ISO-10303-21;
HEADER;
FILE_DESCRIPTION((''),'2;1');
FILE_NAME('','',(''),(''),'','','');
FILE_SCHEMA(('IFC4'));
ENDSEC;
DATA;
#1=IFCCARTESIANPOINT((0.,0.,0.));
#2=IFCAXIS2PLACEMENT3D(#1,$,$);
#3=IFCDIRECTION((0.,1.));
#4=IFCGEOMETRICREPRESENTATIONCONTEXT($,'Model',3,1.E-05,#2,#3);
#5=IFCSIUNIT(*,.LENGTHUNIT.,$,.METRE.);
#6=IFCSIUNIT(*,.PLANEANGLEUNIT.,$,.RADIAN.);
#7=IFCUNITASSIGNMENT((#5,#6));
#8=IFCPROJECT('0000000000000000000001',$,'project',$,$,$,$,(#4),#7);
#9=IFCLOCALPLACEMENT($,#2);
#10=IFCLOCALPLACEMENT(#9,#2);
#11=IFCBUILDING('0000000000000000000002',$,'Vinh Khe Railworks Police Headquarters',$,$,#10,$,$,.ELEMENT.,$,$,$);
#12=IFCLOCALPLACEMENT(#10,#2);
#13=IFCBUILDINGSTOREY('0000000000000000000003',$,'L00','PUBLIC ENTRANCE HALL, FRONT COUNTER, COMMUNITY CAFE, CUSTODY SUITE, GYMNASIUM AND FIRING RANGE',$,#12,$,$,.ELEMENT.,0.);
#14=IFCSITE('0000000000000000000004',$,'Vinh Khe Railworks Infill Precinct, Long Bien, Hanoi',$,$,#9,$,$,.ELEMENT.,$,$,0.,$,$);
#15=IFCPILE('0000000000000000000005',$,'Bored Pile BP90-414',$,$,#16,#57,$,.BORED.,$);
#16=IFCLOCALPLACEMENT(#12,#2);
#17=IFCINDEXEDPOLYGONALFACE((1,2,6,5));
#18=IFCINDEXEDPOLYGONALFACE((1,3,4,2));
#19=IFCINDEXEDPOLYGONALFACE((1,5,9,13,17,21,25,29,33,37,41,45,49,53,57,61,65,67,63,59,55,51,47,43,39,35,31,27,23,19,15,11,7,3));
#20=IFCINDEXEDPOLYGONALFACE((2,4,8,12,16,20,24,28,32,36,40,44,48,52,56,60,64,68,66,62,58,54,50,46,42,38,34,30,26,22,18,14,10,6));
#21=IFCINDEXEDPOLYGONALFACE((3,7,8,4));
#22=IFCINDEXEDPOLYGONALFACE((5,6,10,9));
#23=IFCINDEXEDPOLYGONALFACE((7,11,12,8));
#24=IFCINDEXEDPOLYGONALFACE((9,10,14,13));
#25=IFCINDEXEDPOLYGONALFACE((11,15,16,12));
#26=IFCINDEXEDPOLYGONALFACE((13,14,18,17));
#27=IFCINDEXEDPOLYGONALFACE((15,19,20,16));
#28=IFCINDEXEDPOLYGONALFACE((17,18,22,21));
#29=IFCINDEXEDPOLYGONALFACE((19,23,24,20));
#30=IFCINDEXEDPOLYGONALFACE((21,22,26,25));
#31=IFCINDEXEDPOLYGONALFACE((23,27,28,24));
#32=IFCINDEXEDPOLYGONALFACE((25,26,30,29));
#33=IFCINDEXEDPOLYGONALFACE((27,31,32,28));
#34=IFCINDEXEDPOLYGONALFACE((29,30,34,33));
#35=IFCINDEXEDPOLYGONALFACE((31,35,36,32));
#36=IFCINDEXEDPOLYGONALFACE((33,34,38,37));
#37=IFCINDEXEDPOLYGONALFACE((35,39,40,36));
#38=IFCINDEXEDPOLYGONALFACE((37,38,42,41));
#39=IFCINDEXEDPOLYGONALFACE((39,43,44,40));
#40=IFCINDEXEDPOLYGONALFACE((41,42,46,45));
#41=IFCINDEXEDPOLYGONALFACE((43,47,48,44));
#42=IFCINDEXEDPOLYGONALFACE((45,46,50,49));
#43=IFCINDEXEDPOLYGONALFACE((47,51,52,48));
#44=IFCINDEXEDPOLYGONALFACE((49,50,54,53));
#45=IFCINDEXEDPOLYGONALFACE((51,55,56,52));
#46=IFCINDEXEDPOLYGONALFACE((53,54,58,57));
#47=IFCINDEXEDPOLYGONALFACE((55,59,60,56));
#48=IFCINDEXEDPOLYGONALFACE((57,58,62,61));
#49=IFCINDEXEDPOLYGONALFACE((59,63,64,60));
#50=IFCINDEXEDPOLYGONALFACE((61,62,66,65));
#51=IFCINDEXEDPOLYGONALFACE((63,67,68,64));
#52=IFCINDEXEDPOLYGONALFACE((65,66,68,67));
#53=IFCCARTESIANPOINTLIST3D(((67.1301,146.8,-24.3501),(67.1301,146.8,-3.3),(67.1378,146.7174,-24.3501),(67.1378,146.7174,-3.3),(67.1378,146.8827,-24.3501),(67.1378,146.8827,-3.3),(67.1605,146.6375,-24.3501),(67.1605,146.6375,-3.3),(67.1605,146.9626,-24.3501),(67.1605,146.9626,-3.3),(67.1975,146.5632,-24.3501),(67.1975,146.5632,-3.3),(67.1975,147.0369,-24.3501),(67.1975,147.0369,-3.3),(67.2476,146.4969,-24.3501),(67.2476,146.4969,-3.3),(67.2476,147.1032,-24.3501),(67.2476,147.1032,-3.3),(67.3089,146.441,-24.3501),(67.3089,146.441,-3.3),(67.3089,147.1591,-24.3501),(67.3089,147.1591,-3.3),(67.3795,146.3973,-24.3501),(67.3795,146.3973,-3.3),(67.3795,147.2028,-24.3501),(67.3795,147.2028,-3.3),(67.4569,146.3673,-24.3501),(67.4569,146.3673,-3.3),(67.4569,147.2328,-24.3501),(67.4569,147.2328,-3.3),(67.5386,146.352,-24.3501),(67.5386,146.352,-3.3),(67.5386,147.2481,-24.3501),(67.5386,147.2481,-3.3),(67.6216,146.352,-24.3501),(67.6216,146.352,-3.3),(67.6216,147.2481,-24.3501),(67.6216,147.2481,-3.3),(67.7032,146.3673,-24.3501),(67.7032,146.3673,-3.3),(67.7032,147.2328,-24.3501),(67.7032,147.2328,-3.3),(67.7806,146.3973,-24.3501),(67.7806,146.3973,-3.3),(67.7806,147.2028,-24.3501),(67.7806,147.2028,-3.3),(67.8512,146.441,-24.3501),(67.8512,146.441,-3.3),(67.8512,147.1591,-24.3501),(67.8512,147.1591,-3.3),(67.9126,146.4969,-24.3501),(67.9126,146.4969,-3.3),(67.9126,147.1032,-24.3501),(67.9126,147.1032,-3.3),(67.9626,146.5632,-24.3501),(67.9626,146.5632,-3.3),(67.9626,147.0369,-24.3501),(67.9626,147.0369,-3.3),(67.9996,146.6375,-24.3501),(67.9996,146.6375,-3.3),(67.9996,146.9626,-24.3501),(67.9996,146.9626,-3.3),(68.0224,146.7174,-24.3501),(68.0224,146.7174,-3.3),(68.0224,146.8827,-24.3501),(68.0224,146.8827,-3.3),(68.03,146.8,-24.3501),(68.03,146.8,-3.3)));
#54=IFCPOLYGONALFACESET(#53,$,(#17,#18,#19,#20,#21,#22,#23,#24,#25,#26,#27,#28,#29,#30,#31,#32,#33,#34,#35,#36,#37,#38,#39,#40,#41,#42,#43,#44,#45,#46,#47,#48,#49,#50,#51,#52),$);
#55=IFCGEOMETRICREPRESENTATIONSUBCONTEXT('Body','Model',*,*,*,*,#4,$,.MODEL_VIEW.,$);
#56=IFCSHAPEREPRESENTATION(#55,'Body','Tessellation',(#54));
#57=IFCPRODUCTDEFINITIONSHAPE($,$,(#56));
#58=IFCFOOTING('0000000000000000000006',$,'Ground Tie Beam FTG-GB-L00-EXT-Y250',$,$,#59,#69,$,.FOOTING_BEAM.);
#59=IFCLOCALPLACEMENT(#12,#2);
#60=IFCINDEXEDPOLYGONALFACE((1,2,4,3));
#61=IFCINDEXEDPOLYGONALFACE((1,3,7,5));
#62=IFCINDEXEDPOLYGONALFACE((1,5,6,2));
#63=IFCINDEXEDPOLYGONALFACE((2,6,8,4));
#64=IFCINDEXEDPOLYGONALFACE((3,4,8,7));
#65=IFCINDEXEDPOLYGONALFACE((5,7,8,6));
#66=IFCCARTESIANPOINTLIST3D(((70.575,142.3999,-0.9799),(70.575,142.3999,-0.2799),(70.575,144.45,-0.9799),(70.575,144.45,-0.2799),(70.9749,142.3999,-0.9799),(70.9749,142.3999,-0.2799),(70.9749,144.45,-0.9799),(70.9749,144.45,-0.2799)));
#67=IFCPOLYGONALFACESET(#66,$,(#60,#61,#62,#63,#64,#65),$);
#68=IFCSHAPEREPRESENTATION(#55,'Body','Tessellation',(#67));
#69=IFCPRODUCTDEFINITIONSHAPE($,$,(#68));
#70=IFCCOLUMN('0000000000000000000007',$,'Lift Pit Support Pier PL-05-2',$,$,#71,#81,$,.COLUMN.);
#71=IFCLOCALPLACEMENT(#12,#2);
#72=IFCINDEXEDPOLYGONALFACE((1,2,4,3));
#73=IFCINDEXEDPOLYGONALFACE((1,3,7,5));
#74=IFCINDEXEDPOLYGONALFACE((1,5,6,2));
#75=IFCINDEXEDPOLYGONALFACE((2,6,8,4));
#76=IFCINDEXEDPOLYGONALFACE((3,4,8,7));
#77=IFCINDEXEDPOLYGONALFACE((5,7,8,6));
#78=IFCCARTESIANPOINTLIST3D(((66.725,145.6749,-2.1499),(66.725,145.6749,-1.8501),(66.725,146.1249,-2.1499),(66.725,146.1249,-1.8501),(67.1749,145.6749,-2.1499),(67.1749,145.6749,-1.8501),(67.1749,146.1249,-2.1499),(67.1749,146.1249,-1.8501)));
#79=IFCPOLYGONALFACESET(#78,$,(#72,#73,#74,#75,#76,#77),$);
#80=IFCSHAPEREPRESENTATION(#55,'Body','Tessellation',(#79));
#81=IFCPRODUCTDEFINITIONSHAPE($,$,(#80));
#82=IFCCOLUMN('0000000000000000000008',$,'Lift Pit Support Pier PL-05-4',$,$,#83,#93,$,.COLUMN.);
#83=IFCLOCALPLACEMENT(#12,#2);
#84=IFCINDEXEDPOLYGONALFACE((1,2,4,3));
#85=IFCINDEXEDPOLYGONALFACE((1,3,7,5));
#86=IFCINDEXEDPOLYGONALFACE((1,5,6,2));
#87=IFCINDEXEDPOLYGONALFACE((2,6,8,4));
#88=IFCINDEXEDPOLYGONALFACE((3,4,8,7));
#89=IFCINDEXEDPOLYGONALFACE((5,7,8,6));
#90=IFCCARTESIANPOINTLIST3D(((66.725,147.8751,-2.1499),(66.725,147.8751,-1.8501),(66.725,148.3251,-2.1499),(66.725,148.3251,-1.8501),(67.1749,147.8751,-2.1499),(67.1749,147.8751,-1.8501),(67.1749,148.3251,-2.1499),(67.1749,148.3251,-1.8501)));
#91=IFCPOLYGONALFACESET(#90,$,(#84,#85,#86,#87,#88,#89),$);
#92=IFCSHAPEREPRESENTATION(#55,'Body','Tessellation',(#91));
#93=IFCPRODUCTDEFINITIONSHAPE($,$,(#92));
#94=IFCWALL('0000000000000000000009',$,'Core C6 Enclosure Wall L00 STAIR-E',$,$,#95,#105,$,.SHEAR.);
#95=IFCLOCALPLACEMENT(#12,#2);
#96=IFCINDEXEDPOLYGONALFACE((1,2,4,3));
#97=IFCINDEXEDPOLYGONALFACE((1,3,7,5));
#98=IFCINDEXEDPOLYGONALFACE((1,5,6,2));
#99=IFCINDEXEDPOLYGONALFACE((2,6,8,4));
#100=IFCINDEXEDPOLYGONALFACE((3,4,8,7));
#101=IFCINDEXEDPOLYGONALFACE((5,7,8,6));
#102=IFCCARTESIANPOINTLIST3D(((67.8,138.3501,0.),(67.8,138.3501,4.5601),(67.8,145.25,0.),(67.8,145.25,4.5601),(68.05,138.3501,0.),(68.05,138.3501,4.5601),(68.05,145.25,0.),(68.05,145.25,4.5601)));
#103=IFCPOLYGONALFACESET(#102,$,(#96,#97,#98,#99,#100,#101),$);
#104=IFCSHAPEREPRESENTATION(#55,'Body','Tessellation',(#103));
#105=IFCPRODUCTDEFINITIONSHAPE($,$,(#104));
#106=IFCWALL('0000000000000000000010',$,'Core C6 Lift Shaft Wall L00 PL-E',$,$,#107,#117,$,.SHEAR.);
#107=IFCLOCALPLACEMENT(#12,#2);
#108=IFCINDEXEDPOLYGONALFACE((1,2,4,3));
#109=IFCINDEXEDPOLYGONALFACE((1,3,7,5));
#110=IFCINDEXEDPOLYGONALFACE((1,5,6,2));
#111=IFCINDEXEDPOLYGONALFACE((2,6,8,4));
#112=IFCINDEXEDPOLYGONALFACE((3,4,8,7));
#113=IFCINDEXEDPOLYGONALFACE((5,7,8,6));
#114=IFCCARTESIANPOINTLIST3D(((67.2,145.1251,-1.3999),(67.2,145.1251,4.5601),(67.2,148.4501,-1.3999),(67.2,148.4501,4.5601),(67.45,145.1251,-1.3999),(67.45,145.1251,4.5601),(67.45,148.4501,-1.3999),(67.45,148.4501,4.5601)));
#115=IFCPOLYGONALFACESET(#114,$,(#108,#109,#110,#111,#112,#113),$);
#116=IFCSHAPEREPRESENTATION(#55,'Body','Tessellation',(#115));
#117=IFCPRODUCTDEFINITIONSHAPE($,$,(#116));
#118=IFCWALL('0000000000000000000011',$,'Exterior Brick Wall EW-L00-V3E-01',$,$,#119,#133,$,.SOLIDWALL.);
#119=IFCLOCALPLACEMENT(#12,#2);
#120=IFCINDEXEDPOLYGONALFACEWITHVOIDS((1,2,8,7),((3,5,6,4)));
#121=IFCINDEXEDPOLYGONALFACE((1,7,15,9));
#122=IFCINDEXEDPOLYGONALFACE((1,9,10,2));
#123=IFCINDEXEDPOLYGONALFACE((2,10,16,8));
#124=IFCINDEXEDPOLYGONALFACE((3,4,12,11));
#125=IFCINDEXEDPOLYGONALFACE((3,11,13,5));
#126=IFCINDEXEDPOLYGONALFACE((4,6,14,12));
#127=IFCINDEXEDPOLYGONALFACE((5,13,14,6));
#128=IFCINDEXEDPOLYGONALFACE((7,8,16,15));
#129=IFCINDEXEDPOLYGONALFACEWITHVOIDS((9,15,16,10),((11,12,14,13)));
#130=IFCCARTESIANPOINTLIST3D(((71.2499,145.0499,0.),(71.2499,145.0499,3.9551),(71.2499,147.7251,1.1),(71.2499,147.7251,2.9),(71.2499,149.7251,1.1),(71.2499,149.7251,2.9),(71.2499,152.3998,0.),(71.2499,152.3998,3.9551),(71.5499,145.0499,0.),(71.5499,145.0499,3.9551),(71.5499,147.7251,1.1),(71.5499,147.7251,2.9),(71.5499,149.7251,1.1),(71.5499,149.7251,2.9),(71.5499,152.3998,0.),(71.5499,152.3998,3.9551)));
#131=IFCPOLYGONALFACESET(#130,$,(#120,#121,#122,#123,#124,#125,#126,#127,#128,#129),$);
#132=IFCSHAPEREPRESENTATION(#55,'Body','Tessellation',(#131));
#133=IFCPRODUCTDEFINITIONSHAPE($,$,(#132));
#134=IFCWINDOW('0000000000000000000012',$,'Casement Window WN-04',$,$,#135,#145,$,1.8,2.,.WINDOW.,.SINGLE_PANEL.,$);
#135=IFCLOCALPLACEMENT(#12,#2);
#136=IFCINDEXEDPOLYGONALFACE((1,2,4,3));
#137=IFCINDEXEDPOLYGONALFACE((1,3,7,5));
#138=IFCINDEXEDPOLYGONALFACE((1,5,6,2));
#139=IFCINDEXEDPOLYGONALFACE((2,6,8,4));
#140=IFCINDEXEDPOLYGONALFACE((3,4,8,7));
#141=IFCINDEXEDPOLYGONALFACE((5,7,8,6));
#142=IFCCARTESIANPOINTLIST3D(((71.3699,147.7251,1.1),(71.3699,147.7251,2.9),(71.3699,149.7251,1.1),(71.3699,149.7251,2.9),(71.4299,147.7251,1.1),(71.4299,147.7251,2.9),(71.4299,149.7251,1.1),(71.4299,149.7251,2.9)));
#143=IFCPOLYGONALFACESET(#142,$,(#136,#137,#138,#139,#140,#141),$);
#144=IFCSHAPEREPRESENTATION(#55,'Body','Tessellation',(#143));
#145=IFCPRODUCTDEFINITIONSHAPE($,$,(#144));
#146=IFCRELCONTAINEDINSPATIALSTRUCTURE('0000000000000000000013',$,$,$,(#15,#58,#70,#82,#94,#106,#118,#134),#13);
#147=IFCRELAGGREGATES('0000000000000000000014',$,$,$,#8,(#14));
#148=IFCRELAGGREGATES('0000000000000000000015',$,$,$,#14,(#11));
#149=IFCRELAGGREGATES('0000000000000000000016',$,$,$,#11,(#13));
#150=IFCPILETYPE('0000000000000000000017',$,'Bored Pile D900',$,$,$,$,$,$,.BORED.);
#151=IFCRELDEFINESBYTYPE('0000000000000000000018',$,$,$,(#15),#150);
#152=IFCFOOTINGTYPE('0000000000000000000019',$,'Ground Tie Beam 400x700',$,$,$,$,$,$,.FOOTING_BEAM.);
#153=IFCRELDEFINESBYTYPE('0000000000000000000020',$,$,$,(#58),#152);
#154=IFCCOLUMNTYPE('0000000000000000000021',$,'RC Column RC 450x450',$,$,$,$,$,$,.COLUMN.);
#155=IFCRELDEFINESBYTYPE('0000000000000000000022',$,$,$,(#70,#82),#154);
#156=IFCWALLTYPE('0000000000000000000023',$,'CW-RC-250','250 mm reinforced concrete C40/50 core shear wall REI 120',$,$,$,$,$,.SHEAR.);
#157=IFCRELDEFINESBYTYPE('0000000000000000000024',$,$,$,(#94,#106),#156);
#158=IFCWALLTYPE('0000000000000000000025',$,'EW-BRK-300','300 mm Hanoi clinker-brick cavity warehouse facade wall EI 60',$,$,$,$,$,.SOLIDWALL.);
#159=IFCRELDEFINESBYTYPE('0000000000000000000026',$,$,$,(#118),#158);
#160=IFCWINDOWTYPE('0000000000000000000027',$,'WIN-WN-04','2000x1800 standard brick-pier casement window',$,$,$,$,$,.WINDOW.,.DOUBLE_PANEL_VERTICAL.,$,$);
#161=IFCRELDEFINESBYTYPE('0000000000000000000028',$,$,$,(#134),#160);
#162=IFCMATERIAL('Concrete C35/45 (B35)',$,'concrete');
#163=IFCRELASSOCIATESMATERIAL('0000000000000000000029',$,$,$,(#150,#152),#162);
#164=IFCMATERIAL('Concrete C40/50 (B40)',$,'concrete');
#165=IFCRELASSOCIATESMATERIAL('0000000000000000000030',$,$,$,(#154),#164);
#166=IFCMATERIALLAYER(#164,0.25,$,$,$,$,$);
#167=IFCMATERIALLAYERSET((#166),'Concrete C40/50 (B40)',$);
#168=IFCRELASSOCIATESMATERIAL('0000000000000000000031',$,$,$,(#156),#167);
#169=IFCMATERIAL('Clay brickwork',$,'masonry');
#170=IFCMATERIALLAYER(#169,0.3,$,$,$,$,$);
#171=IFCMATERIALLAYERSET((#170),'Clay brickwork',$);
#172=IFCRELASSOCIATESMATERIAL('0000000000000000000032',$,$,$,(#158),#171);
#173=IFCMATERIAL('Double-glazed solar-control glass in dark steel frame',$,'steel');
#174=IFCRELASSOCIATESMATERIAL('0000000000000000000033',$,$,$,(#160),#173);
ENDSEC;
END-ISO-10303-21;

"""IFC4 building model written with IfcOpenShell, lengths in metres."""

from ifc_helpers import new_model, si_unit, direction, frame, frame_2d, origin, origin_2d, place, context, subcontext, project, spatial, rectangle, circle, extrude, material, layer, layer_set, material_profile, profile_set, type_object, element, fill, save


model = new_model("IFC4")

# Units and contexts
model_context = context("Model", 3, precision=1e-05, world=origin(), true_north=direction((0.0, 1.0)))
body_context = subcontext(model_context, "Body", "Model", "MODEL_VIEW")
ifc_project = project(units=[si_unit("LENGTHUNIT", "METRE"), si_unit("PLANEANGLEUNIT", "RADIAN")], contexts=[model_context])

# Site, building, storey
site_placement = place(None, origin())
site = spatial("IfcSite", under=ifc_project, at=site_placement, Name="Vinh Khe Railworks Infill Precinct, Long Bien, Hanoi", CompositionType="ELEMENT", RefElevation=0.0)
building_placement = place(site_placement, origin())
building = spatial("IfcBuilding", under=site, at=building_placement, Name="Vinh Khe Railworks Police Headquarters", CompositionType="ELEMENT")
storey_placement = place(building_placement, origin())
storey = spatial("IfcBuildingStorey", under=building, at=storey_placement, Name="L00", Description="PUBLIC ENTRANCE HALL, FRONT COUNTER, COMMUNITY CAFE, CUSTODY SUITE, GYMNASIUM AND FIRING RANGE", CompositionType="ELEMENT", Elevation=0.0)

# Pile
ifc_material_1 = material(Name="Concrete C35/45 (B35)", Category="concrete")
ifc_material_profile_1 = material_profile(ifc_material_1, circle(Radius=0.45, at=origin_2d()), Name="BORED PILE D900")
ifc_profile_set_1 = profile_set([ifc_material_profile_1], Name="Concrete C35/45 (B35)")
pile_type_1 = type_object("IfcPileType", Name="Bored Pile D900", PredefinedType="BORED", material=ifc_profile_set_1)
pile_placement = place(storey_placement, frame((67.5801, 146.8, -3.3), z_axis=(0.0, 0.0, -1.0), x_axis=(1.0, 0.0, 0.0)))
element("IfcPile", 1, at=pile_placement, inside=storey, type_object=pile_type_1, Name="Bored Pile BP90-414", PredefinedType="BORED", context=body_context, shape_type="SweptSolid", body=[
    extrude(circle(Radius=0.45, at=origin_2d()), origin(), (0.0, 0.0, 1.0), 21.05),
])

# Footing
ifc_material_profile_2 = material_profile(ifc_material_1, rectangle(XDim=0.3999, YDim=0.7, at=origin_2d()), Name="RC 400x700")
ifc_profile_set_2 = profile_set([ifc_material_profile_2], Name="Concrete C35/45 (B35)")
footing_type = type_object("IfcFootingType", Name="Ground Tie Beam 400x700", PredefinedType="FOOTING_BEAM", material=ifc_profile_set_2)
footing_placement = place(storey_placement, frame((70.7749, 142.3999, -0.6299), z_axis=(0.0, 1.0, 0.0), x_axis=(-1.0, 0.0, 0.0)))
element("IfcFooting", 2, at=footing_placement, inside=storey, type_object=footing_type, Name="Ground Tie Beam FTG-GB-L00-EXT-Y250", PredefinedType="FOOTING_BEAM", context=body_context, shape_type="SweptSolid", body=[
    extrude(rectangle(XDim=0.3999, YDim=0.7, at=origin_2d()), origin(), (0.0, 0.0, 1.0), 2.05),
])

# Columns
ifc_material_2 = material(Name="Concrete C40/50 (B40)", Category="concrete")
ifc_material_profile_3 = material_profile(ifc_material_2, rectangle(XDim=0.45, YDim=0.45, at=origin_2d()), Name="RC 450x450")
ifc_profile_set_3 = profile_set([ifc_material_profile_3], Name="Concrete C40/50 (B40)")
column_type = type_object("IfcColumnType", Name="RC Column RC 450x450", PredefinedType="COLUMN", material=ifc_profile_set_3)
for number, where, z_axis, x_axis, name in (
    (3, (66.95, 145.8999, -2.1499), (0.0, 0.0, 1.0), (1.0, 0.0, 0.0), "Lift Pit Support Pier PL-05-2"),
    (4, (66.95, 148.1001, -2.1499), (0.0, 0.0, 1.0), (1.0, 0.0, 0.0), "Lift Pit Support Pier PL-05-4"),
):
    element("IfcColumn", number, at=place(storey_placement, frame(where, z_axis=z_axis, x_axis=x_axis)), inside=storey, type_object=column_type, Name=name, PredefinedType="COLUMN", context=body_context, shape_type="SweptSolid", body=[
        extrude(rectangle(XDim=0.45, YDim=0.45, at=origin_2d()), origin(), (0.0, 0.0, 1.0), 0.2998),
    ])

# Walls
ifc_layer_1 = layer(ifc_material_2, 0.25)
ifc_layer_set_1 = layer_set([ifc_layer_1], Name="Concrete C40/50 (B40)")
wall_type_1 = type_object("IfcWallType", Name="CW-RC-250", Description="250 mm reinforced concrete C40/50 core shear wall REI 120", PredefinedType="SHEAR", material=ifc_layer_set_1)
wall_1_placement = place(storey_placement, frame((67.925, 138.3501, 0.0), z_axis=(0.0, 0.0, 1.0), x_axis=(0.0, 1.0, 0.0)))
element("IfcWall", 5, at=wall_1_placement, inside=storey, type_object=wall_type_1, Name="Core C6 Enclosure Wall L00 STAIR-E", PredefinedType="SHEAR", context=body_context, shape_type="SweptSolid", body=[
    extrude(rectangle(XDim=6.8999, YDim=0.25, at=frame_2d((3.45, 0.0))), origin(), (0.0, 0.0, 1.0), 4.5601),
])
wall_2_placement = place(storey_placement, frame((67.325, 145.125, -1.3999), z_axis=(0.0, 0.0, 1.0), x_axis=(0.0, 1.0, 0.0)))
element("IfcWall", 6, at=wall_2_placement, inside=storey, type_object=wall_type_1, Name="Core C6 Lift Shaft Wall L00 PL-E", PredefinedType="SHEAR", context=body_context, shape_type="SweptSolid", body=[
    extrude(rectangle(XDim=3.325, YDim=0.25, at=frame_2d((1.6626, 0.0))), origin(), (0.0, 0.0, 1.0), 5.96),
])

# Wall, opening, window
ifc_material_3 = material(Name="Clay brickwork", Category="masonry")
ifc_layer_2 = layer(ifc_material_3, 0.3)
ifc_layer_set_2 = layer_set([ifc_layer_2], Name="Clay brickwork")
wall_type_2 = type_object("IfcWallType", Name="EW-BRK-300", Description="300 mm Hanoi clinker-brick cavity warehouse facade wall EI 60", PredefinedType="SOLIDWALL", material=ifc_layer_set_2)
wall_3_placement = place(storey_placement, frame((71.3999, 145.05, 0.0), z_axis=(0.0, 0.0, 1.0), x_axis=(0.0, 1.0, 0.0)))
wall_3 = element("IfcWall", 7, at=wall_3_placement, inside=storey, type_object=wall_type_2, Name="Exterior Brick Wall EW-L00-V3E-01", PredefinedType="SOLIDWALL", context=body_context, shape_type="SweptSolid", body=[
    extrude(rectangle(XDim=7.3499, YDim=0.3, at=frame_2d((3.6748, 0.0))), origin(), (0.0, 0.0, 1.0), 3.9551),
])
opening_1_placement = place(wall_3_placement, frame((2.675, 0.0, 1.1001)))
opening_1 = element("IfcOpeningElement", 8, at=opening_1_placement, cuts=wall_3, PredefinedType="OPENING", context=body_context, shape_type="SweptSolid", body=[
    extrude(rectangle(XDim=2.0, YDim=1.8, at=frame_2d((1.0, 0.8999))), frame((0.0, 0.165, 0.0), z_axis=(0.0, -1.0, 0.0), x_axis=(1.0, 0.0, 0.0)), (0.0, 0.0, 1.0), 0.3298),
])
ifc_material_4 = material(Name="Double-glazed solar-control glass in dark steel frame", Category="steel")
window_type_1 = type_object("IfcWindowType", Name="WIN-WN-04", Description="2000x1800 standard brick-pier casement window", PartitioningType="DOUBLE_PANEL_VERTICAL", PredefinedType="WINDOW", material=ifc_material_4)
window_1_placement = place(opening_1_placement, origin())
window_1 = element("IfcWindow", 9, at=window_1_placement, inside=storey, type_object=window_type_1, Name="Casement Window WN-04", OverallHeight=1.8, OverallWidth=2.0, PartitioningType="SINGLE_PANEL", PredefinedType="WINDOW", context=body_context, shape_type="SweptSolid", body=[
    extrude(rectangle(XDim=2.0, YDim=1.8, at=frame_2d((1.0, 0.8999))), frame((0.0, 0.03, 0.0), z_axis=(0.0, -1.0, 0.0), x_axis=(1.0, 0.0, 0.0)), (0.0, 0.0, 1.0), 0.0601),
])
fill(opening_1, window_1)

save(model, "model.ifc")
